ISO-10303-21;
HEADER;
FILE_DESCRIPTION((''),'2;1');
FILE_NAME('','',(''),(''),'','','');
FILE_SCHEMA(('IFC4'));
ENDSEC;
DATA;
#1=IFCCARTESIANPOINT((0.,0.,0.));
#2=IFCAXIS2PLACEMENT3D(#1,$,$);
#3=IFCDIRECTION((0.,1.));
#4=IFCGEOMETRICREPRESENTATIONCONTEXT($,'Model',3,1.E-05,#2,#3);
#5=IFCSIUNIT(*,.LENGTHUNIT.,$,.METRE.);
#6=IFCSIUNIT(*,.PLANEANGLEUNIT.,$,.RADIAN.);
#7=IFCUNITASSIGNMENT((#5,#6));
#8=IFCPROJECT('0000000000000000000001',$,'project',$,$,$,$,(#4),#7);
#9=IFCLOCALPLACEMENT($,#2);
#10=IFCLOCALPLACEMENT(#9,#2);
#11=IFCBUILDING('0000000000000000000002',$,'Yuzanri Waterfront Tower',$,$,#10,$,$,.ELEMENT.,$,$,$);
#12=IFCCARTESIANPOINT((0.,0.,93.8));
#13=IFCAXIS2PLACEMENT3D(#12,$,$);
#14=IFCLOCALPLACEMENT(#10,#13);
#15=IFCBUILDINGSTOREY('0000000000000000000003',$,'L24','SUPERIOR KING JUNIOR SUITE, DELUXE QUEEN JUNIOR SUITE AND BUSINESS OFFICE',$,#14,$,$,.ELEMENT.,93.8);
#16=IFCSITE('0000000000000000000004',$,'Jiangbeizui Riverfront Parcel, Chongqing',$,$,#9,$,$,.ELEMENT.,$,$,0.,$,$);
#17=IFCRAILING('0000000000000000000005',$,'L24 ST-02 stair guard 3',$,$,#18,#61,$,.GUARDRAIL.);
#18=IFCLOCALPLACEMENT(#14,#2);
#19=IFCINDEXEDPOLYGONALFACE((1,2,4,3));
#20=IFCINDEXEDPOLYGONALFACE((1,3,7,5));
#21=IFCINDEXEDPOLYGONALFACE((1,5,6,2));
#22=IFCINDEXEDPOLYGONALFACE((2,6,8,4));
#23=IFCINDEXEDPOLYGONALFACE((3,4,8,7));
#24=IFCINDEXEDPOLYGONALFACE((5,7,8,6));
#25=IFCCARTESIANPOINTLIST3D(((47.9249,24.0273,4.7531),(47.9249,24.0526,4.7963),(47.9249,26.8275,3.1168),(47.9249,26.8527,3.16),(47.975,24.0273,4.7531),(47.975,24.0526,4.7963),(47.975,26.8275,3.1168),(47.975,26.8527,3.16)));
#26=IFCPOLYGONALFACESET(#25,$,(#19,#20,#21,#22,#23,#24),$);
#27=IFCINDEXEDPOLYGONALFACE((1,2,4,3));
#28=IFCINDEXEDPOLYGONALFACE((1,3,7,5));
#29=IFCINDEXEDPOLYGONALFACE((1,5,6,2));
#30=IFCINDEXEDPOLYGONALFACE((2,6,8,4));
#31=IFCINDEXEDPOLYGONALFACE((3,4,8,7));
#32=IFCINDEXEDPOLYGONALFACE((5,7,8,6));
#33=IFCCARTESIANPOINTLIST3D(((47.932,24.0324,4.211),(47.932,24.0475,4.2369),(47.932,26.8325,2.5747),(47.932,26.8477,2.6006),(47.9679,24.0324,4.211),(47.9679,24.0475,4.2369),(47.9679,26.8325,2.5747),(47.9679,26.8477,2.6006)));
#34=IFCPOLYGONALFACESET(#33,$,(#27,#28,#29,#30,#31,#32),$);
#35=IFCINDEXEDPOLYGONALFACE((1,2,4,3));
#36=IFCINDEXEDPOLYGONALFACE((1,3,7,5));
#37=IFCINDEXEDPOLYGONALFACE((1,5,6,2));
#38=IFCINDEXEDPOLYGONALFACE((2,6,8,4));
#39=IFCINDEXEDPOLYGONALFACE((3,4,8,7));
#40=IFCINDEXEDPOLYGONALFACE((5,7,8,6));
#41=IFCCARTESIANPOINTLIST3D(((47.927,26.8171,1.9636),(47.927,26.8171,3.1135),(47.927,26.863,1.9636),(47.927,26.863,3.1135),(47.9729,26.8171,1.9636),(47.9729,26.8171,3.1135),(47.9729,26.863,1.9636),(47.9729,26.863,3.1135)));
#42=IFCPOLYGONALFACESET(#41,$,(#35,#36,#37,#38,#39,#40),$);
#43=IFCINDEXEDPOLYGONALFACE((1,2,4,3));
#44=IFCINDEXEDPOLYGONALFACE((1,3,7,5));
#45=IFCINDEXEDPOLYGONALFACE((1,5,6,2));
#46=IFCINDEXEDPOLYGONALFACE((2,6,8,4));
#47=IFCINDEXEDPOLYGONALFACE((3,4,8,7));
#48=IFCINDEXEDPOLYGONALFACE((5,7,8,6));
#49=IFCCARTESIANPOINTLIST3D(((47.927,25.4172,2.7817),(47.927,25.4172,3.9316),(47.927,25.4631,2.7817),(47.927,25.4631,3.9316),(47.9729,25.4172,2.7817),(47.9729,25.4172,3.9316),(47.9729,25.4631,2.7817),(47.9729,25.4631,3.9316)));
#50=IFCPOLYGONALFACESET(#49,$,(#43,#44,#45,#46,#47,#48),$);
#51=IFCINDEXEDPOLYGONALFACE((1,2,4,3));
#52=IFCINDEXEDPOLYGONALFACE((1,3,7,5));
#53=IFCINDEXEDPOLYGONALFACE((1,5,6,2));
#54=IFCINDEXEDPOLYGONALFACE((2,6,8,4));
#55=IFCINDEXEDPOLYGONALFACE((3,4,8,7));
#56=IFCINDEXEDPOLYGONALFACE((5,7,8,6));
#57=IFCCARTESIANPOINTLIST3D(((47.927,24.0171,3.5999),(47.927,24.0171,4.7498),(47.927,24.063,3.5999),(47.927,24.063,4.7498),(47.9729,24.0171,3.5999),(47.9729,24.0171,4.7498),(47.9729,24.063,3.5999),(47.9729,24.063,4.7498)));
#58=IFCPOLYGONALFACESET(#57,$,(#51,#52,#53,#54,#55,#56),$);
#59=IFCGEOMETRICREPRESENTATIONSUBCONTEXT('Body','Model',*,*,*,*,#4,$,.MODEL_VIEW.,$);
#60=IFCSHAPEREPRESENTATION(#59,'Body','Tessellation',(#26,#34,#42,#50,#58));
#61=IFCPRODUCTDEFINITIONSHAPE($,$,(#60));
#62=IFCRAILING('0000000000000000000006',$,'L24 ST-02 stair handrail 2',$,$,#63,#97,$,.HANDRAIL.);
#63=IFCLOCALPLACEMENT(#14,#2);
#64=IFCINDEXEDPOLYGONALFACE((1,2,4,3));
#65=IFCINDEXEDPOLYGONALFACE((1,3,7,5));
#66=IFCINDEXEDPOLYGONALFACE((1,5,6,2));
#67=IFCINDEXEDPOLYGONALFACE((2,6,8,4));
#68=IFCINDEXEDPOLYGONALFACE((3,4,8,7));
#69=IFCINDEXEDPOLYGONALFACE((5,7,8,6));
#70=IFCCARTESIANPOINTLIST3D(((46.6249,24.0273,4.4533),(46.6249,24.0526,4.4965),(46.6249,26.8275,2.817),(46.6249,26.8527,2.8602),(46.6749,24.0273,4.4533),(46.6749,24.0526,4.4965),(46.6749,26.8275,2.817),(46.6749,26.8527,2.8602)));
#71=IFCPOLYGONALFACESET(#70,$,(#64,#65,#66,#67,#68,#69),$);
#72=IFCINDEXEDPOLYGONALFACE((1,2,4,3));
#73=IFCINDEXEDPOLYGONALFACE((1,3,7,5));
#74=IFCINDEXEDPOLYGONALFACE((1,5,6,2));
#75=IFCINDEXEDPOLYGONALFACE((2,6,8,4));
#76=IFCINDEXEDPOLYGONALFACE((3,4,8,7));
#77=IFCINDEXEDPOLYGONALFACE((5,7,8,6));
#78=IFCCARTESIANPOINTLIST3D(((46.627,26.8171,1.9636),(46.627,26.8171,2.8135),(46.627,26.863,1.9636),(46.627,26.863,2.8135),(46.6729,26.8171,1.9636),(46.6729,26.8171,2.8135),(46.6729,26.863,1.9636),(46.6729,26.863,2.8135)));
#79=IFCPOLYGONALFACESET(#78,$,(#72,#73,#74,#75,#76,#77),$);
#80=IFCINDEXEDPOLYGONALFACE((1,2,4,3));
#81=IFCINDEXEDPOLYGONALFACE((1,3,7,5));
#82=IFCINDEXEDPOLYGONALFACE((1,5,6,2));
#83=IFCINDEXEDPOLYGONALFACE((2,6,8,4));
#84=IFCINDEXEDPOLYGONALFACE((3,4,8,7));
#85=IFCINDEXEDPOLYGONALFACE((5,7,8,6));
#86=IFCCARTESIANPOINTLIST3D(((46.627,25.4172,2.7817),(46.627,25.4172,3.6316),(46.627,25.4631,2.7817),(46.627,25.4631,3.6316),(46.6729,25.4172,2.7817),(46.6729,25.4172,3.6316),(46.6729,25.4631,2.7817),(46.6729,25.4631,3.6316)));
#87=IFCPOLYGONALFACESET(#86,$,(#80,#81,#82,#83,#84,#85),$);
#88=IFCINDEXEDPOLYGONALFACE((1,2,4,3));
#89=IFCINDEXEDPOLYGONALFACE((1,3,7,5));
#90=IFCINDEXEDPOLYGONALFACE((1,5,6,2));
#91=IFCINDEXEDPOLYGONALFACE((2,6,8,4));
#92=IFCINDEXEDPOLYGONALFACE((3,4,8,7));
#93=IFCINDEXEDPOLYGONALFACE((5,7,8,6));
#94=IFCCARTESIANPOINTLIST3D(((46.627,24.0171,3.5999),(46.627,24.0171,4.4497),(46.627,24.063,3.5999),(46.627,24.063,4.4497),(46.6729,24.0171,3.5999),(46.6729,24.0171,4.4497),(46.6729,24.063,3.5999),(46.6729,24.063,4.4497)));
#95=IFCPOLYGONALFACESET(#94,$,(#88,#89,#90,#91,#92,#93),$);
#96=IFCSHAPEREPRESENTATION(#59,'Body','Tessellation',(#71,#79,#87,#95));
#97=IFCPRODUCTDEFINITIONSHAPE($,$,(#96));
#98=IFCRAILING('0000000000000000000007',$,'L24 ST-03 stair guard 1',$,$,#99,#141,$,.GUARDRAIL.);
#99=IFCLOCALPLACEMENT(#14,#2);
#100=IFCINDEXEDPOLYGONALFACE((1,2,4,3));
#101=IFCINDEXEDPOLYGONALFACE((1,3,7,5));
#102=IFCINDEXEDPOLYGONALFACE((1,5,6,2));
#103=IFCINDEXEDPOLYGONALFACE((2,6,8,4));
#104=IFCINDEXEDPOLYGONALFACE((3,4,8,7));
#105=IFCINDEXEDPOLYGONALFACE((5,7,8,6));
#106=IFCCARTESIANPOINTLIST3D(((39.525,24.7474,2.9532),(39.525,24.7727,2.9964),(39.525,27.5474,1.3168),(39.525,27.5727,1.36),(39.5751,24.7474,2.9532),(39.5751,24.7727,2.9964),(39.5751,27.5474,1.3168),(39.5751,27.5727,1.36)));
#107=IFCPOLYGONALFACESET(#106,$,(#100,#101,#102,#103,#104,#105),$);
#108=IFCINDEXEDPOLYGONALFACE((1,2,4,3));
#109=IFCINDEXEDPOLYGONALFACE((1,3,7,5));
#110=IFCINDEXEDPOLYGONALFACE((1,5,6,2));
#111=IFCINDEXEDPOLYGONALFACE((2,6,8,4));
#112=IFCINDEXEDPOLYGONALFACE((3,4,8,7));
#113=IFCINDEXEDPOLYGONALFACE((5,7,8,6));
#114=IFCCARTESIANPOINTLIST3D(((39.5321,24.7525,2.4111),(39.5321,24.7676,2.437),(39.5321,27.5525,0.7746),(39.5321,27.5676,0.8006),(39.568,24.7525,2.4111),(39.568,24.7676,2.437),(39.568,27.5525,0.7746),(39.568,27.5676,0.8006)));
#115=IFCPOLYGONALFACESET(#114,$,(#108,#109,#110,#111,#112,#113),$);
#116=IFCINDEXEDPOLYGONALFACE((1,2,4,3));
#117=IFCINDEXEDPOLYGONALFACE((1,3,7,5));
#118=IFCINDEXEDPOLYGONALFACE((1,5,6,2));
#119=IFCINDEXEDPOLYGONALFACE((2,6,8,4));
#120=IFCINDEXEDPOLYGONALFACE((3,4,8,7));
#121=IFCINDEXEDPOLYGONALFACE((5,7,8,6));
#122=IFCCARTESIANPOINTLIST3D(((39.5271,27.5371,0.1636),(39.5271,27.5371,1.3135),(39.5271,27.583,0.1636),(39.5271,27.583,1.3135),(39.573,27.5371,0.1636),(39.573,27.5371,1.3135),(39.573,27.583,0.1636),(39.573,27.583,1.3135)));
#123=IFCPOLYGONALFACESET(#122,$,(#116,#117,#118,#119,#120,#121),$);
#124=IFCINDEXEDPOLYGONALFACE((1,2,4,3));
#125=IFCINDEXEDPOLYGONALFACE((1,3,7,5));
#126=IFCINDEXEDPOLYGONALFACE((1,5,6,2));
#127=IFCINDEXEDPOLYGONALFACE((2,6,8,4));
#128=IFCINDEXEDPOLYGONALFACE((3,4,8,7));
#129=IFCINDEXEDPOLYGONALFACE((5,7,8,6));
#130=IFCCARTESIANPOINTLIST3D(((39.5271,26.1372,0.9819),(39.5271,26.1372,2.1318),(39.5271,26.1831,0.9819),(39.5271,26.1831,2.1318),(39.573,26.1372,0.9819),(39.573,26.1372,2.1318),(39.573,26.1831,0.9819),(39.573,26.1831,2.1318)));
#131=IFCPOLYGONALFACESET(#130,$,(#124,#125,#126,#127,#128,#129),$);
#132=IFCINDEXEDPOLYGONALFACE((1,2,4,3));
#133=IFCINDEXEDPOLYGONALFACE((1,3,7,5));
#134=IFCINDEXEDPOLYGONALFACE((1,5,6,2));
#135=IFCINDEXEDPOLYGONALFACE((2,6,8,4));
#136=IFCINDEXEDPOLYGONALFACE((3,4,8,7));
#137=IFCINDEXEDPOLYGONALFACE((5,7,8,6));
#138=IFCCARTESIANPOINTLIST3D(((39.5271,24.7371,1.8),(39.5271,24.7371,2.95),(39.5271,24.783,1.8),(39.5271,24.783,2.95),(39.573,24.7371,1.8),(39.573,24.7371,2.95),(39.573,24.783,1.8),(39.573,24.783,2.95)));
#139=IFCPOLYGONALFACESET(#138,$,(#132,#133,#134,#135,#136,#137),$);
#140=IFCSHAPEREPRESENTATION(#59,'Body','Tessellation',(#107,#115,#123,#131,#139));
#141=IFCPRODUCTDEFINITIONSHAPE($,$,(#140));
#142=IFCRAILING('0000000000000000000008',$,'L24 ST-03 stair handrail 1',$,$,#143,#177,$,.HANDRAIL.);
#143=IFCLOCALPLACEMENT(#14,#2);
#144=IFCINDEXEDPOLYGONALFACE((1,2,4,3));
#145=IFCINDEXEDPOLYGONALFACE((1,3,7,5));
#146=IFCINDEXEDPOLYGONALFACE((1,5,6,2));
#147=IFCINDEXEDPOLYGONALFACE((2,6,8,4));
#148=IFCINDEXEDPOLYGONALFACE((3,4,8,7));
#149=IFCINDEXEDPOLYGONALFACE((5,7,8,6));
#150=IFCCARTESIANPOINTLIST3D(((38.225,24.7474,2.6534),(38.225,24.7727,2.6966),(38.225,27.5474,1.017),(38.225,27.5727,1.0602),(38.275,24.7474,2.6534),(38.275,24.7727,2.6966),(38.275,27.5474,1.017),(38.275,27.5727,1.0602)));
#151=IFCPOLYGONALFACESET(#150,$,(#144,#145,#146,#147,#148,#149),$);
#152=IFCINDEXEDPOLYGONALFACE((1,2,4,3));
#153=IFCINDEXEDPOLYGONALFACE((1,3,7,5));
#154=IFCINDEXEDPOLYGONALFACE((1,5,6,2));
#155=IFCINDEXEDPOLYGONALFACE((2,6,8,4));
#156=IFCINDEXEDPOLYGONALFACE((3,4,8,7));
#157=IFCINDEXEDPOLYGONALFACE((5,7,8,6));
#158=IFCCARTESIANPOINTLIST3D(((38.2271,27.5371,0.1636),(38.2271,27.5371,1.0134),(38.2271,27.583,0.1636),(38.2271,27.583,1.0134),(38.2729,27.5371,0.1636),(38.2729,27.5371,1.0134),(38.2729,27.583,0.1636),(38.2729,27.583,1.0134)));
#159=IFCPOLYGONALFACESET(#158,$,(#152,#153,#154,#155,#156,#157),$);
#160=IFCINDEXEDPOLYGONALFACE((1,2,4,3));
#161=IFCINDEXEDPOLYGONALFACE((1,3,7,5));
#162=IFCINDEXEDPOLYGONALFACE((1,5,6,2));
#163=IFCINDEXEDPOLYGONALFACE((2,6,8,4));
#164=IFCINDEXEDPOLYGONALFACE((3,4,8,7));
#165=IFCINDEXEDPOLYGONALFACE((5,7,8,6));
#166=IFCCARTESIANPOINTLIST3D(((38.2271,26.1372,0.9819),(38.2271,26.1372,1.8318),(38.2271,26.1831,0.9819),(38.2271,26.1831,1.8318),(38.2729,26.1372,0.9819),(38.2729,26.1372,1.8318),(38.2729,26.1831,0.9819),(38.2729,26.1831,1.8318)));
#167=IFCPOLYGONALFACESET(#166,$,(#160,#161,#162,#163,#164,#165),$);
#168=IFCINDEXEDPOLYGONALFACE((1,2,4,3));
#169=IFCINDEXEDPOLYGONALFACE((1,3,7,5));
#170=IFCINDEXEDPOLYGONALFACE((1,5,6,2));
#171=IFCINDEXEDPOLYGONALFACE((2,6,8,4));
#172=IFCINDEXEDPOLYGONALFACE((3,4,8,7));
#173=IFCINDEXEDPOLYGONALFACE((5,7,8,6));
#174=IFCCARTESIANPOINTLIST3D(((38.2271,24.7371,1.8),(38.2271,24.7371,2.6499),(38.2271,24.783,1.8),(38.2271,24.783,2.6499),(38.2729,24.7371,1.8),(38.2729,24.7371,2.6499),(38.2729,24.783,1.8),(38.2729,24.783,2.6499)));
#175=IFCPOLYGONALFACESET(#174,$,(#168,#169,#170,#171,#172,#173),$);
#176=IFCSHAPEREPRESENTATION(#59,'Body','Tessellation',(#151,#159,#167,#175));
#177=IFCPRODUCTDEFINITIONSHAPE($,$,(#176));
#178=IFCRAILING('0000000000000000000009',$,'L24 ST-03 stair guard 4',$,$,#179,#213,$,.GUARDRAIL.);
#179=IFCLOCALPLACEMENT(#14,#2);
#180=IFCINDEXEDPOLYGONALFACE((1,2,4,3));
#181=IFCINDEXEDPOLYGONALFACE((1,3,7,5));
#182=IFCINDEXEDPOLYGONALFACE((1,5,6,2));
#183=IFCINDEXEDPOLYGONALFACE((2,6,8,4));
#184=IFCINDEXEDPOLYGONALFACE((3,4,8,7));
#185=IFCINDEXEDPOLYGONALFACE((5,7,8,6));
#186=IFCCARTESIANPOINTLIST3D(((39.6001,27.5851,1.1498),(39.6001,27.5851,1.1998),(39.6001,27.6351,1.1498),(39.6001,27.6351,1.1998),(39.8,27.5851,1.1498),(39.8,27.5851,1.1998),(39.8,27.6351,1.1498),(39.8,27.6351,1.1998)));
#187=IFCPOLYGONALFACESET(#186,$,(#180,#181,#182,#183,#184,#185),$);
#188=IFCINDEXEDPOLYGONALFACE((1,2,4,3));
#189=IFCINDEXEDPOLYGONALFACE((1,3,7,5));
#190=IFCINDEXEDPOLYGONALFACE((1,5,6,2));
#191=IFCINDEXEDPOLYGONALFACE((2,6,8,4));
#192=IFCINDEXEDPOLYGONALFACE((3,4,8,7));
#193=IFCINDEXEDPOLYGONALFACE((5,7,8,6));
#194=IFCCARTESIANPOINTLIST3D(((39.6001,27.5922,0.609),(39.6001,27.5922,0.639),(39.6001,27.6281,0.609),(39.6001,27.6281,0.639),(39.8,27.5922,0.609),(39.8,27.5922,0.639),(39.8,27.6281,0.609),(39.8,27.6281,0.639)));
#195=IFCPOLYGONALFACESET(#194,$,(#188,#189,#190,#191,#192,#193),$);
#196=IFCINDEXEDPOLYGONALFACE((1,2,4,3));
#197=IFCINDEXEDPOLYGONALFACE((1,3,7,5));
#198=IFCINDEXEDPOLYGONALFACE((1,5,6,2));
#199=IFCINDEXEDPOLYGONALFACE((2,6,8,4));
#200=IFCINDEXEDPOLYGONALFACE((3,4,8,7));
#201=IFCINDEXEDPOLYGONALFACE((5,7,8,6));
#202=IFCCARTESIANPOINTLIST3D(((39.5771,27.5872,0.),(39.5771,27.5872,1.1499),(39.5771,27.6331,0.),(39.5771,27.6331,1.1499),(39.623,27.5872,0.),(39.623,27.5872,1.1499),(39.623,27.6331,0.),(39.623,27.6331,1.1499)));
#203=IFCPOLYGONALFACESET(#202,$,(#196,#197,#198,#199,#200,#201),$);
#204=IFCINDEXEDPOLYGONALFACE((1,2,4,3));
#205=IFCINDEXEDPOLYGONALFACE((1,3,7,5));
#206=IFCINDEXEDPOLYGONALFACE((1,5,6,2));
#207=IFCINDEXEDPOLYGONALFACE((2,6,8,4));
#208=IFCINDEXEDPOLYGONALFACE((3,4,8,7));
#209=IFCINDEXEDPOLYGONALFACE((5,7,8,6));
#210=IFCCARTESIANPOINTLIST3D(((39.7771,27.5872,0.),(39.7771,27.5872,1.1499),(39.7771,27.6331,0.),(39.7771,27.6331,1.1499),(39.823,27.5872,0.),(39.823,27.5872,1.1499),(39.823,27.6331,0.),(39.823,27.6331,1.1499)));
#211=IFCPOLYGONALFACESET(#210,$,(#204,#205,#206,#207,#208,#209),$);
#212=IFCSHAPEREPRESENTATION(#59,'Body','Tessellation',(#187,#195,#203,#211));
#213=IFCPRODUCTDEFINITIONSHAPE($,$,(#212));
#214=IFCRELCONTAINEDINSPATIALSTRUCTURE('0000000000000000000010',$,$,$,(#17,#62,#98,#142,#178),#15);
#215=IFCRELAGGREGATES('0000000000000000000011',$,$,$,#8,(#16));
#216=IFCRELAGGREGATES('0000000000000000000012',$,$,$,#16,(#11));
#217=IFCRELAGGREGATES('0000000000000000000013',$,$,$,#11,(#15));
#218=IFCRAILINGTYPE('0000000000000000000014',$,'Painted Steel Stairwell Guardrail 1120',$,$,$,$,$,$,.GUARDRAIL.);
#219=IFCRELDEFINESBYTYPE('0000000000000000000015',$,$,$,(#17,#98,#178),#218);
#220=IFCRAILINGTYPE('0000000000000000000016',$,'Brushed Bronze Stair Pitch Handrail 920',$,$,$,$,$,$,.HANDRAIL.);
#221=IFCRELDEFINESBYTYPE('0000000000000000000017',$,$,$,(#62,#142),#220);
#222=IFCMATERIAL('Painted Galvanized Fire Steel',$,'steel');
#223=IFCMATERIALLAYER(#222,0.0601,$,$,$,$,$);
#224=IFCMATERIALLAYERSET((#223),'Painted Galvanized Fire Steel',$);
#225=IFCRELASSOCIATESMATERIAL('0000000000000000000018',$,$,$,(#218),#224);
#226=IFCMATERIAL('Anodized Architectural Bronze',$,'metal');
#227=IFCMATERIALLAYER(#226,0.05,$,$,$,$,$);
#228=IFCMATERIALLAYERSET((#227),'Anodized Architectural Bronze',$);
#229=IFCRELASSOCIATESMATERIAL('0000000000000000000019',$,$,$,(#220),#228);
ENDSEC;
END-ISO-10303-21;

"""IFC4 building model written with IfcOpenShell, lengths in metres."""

from ifc_helpers import new_model, si_unit, direction, frame, origin, origin_2d, place, context, subcontext, project, spatial, rectangle, extrude, source, transform, mapped, material, layer, layer_set, type_object, element, save


model = new_model("IFC4")

# Units and contexts
model_context = context("Model", 3, precision=1e-05, world=origin(), true_north=direction((0.0, 1.0)))
body_context = subcontext(model_context, "Body", "Model", "MODEL_VIEW")
ifc_project = project(units=[si_unit("LENGTHUNIT", "METRE"), si_unit("PLANEANGLEUNIT", "RADIAN")], contexts=[model_context])

# Site, building, storey
site_placement = place(None, origin())
site = spatial("IfcSite", under=ifc_project, at=site_placement, Name="Jiangbeizui Riverfront Parcel, Chongqing", CompositionType="ELEMENT", RefElevation=0.0)
building_placement = place(site_placement, origin())
building = spatial("IfcBuilding", under=site, at=building_placement, Name="Yuzanri Waterfront Tower", CompositionType="ELEMENT")
storey_placement = place(building_placement, frame((0.0, 0.0, 93.8)))
storey = spatial("IfcBuildingStorey", under=building, at=storey_placement, Name="L24", Description="SUPERIOR KING JUNIOR SUITE, DELUXE QUEEN JUNIOR SUITE AND BUSINESS OFFICE", CompositionType="ELEMENT", Elevation=93.8)

# Railings
ifc_material_1 = material(Name="Painted Galvanized Fire Steel", Category="steel")
ifc_layer_1 = layer(ifc_material_1, 0.0601)
ifc_layer_set_1 = layer_set([ifc_layer_1], Name="Painted Galvanized Fire Steel")
railing_type_1 = type_object("IfcRailingType", Name="Painted Steel Stairwell Guardrail 1120", PredefinedType="GUARDRAIL", material=ifc_layer_set_1)
shared_shape_1 = source(origin(), body_context, "Body", "SweptSolid", [
    extrude(rectangle(XDim=0.05, YDim=0.05, at=origin_2d()), frame((0.0, 0.0, 1.1748), z_axis=(0.0, -0.863394, 0.504531), x_axis=(1.0, 0.0, 0.0)), (0.0, 0.0, 1.0), 3.2432),
    extrude(rectangle(XDim=0.0359, YDim=0.03, at=origin_2d()), frame((0.0, 0.0, 0.624), z_axis=(0.0, -0.863394, 0.504531), x_axis=(1.0, 0.0, 0.0)), (0.0, 0.0, 1.0), 3.2432),
    extrude(rectangle(XDim=0.0459, YDim=0.0459, at=origin_2d()), origin(), (0.0, 0.0, 1.0), 1.1499),
    extrude(rectangle(XDim=0.0459, YDim=0.0459, at=origin_2d()), frame((0.0, -1.3999, 0.8181)), (0.0, 0.0, 1.0), 1.1499),
    extrude(rectangle(XDim=0.0459, YDim=0.0459, at=origin_2d()), frame((0.0, -2.8, 1.6362)), (0.0, 0.0, 1.0), 1.1499),
])
railing_1_placement = place(storey_placement, frame((47.95, 26.8401, 1.9636)))
element("IfcRailing", 1, at=railing_1_placement, inside=storey, type_object=railing_type_1, Name="L24 ST-02 stair guard 3", PredefinedType="GUARDRAIL", context=body_context, shape_type="MappedRepresentation", body=[
    mapped(shared_shape_1, transform((0.0, 0.0, 0.0), scale=1.0)),
])
ifc_material_2 = material(Name="Anodized Architectural Bronze", Category="metal")
ifc_layer_2 = layer(ifc_material_2, 0.05)
ifc_layer_set_2 = layer_set([ifc_layer_2], Name="Anodized Architectural Bronze")
railing_type_2 = type_object("IfcRailingType", Name="Brushed Bronze Stair Pitch Handrail 920", PredefinedType="HANDRAIL", material=ifc_layer_set_2)
shared_shape_2 = source(origin(), body_context, "Body", "SweptSolid", [
    extrude(rectangle(XDim=0.05, YDim=0.05, at=origin_2d()), frame((0.0, 0.0, 0.875), z_axis=(0.0, -0.863394, 0.504531), x_axis=(1.0, 0.0, 0.0)), (0.0, 0.0, 1.0), 3.2432),
    extrude(rectangle(XDim=0.0459, YDim=0.0459, at=origin_2d()), origin(), (0.0, 0.0, 1.0), 0.8499),
    extrude(rectangle(XDim=0.0459, YDim=0.0459, at=origin_2d()), frame((0.0, -1.3999, 0.8181)), (0.0, 0.0, 1.0), 0.8499),
    extrude(rectangle(XDim=0.0459, YDim=0.0459, at=origin_2d()), frame((0.0, -2.8, 1.6362)), (0.0, 0.0, 1.0), 0.8499),
])
railing_2_placement = place(storey_placement, frame((46.6499, 26.8401, 1.9636)))
element("IfcRailing", 2, at=railing_2_placement, inside=storey, type_object=railing_type_2, Name="L24 ST-02 stair handrail 2", PredefinedType="HANDRAIL", context=body_context, shape_type="MappedRepresentation", body=[
    mapped(shared_shape_2, transform((0.0, 0.0, 0.0), scale=1.0)),
])
shared_shape_3 = source(origin(), body_context, "Body", "SweptSolid", [
    extrude(rectangle(XDim=0.05, YDim=0.05, at=origin_2d()), frame((0.0, 0.0, 1.1748), z_axis=(0.0, -0.863361, 0.504587), x_axis=(1.0, 0.0, 0.0)), (0.0, 0.0, 1.0), 3.2432),
    extrude(rectangle(XDim=0.0359, YDim=0.03, at=origin_2d()), frame((0.0, 0.0, 0.624), z_axis=(0.0, -0.863361, 0.504587), x_axis=(1.0, 0.0, 0.0)), (0.0, 0.0, 1.0), 3.2432),
    extrude(rectangle(XDim=0.0459, YDim=0.0459, at=origin_2d()), origin(), (0.0, 0.0, 1.0), 1.1499),
    extrude(rectangle(XDim=0.0459, YDim=0.0459, at=origin_2d()), frame((0.0, -1.3999, 0.8184)), (0.0, 0.0, 1.0), 1.1499),
    extrude(rectangle(XDim=0.0459, YDim=0.0459, at=origin_2d()), frame((0.0, -2.8, 1.6365)), (0.0, 0.0, 1.0), 1.1499),
])
railing_3_placement = place(storey_placement, frame((39.55, 27.5601, 0.1636)))
element("IfcRailing", 3, at=railing_3_placement, inside=storey, type_object=railing_type_1, Name="L24 ST-03 stair guard 1", PredefinedType="GUARDRAIL", context=body_context, shape_type="MappedRepresentation", body=[
    mapped(shared_shape_3, transform((0.0, 0.0, 0.0), scale=1.0)),
])
shared_shape_4 = source(origin(), body_context, "Body", "SweptSolid", [
    extrude(rectangle(XDim=0.05, YDim=0.05, at=origin_2d()), frame((0.0, 0.0, 0.875), z_axis=(0.0, -0.863361, 0.504587), x_axis=(1.0, 0.0, 0.0)), (0.0, 0.0, 1.0), 3.2432),
    extrude(rectangle(XDim=0.0459, YDim=0.0459, at=origin_2d()), origin(), (0.0, 0.0, 1.0), 0.8499),
    extrude(rectangle(XDim=0.0459, YDim=0.0459, at=origin_2d()), frame((0.0, -1.3999, 0.8184)), (0.0, 0.0, 1.0), 0.8499),
    extrude(rectangle(XDim=0.0459, YDim=0.0459, at=origin_2d()), frame((0.0, -2.8, 1.6365)), (0.0, 0.0, 1.0), 0.8499),
])
railing_4_placement = place(storey_placement, frame((38.25, 27.5601, 0.1636)))
element("IfcRailing", 4, at=railing_4_placement, inside=storey, type_object=railing_type_2, Name="L24 ST-03 stair handrail 1", PredefinedType="HANDRAIL", context=body_context, shape_type="MappedRepresentation", body=[
    mapped(shared_shape_4, transform((0.0, 0.0, 0.0), scale=1.0)),
])
shared_shape_5 = source(origin(), body_context, "Body", "SweptSolid", [
    extrude(rectangle(XDim=0.05, YDim=0.05, at=origin_2d()), frame((0.0, 0.0, 1.1748), z_axis=(1.0, 0.0, 0.0), x_axis=(0.0, 1.0, 0.0)), (0.0, 0.0, 1.0), 0.2),
    extrude(rectangle(XDim=0.0359, YDim=0.03, at=origin_2d()), frame((0.0, 0.0, 0.624), z_axis=(1.0, 0.0, 0.0), x_axis=(0.0, 1.0, 0.0)), (0.0, 0.0, 1.0), 0.2),
    extrude(rectangle(XDim=0.0459, YDim=0.0459, at=origin_2d()), origin(), (0.0, 0.0, 1.0), 1.1499),
    extrude(rectangle(XDim=0.0459, YDim=0.0459, at=origin_2d()), frame((0.2, 0.0, 0.0)), (0.0, 0.0, 1.0), 1.1499),
])
railing_5_placement = place(storey_placement, frame((39.6001, 27.6101, 0.0)))
element("IfcRailing", 5, at=railing_5_placement, inside=storey, type_object=railing_type_1, Name="L24 ST-03 stair guard 4", PredefinedType="GUARDRAIL", context=body_context, shape_type="MappedRepresentation", body=[
    mapped(shared_shape_5, transform((0.0, 0.0, 0.0), scale=1.0)),
])

save(model, "model.ifc")
